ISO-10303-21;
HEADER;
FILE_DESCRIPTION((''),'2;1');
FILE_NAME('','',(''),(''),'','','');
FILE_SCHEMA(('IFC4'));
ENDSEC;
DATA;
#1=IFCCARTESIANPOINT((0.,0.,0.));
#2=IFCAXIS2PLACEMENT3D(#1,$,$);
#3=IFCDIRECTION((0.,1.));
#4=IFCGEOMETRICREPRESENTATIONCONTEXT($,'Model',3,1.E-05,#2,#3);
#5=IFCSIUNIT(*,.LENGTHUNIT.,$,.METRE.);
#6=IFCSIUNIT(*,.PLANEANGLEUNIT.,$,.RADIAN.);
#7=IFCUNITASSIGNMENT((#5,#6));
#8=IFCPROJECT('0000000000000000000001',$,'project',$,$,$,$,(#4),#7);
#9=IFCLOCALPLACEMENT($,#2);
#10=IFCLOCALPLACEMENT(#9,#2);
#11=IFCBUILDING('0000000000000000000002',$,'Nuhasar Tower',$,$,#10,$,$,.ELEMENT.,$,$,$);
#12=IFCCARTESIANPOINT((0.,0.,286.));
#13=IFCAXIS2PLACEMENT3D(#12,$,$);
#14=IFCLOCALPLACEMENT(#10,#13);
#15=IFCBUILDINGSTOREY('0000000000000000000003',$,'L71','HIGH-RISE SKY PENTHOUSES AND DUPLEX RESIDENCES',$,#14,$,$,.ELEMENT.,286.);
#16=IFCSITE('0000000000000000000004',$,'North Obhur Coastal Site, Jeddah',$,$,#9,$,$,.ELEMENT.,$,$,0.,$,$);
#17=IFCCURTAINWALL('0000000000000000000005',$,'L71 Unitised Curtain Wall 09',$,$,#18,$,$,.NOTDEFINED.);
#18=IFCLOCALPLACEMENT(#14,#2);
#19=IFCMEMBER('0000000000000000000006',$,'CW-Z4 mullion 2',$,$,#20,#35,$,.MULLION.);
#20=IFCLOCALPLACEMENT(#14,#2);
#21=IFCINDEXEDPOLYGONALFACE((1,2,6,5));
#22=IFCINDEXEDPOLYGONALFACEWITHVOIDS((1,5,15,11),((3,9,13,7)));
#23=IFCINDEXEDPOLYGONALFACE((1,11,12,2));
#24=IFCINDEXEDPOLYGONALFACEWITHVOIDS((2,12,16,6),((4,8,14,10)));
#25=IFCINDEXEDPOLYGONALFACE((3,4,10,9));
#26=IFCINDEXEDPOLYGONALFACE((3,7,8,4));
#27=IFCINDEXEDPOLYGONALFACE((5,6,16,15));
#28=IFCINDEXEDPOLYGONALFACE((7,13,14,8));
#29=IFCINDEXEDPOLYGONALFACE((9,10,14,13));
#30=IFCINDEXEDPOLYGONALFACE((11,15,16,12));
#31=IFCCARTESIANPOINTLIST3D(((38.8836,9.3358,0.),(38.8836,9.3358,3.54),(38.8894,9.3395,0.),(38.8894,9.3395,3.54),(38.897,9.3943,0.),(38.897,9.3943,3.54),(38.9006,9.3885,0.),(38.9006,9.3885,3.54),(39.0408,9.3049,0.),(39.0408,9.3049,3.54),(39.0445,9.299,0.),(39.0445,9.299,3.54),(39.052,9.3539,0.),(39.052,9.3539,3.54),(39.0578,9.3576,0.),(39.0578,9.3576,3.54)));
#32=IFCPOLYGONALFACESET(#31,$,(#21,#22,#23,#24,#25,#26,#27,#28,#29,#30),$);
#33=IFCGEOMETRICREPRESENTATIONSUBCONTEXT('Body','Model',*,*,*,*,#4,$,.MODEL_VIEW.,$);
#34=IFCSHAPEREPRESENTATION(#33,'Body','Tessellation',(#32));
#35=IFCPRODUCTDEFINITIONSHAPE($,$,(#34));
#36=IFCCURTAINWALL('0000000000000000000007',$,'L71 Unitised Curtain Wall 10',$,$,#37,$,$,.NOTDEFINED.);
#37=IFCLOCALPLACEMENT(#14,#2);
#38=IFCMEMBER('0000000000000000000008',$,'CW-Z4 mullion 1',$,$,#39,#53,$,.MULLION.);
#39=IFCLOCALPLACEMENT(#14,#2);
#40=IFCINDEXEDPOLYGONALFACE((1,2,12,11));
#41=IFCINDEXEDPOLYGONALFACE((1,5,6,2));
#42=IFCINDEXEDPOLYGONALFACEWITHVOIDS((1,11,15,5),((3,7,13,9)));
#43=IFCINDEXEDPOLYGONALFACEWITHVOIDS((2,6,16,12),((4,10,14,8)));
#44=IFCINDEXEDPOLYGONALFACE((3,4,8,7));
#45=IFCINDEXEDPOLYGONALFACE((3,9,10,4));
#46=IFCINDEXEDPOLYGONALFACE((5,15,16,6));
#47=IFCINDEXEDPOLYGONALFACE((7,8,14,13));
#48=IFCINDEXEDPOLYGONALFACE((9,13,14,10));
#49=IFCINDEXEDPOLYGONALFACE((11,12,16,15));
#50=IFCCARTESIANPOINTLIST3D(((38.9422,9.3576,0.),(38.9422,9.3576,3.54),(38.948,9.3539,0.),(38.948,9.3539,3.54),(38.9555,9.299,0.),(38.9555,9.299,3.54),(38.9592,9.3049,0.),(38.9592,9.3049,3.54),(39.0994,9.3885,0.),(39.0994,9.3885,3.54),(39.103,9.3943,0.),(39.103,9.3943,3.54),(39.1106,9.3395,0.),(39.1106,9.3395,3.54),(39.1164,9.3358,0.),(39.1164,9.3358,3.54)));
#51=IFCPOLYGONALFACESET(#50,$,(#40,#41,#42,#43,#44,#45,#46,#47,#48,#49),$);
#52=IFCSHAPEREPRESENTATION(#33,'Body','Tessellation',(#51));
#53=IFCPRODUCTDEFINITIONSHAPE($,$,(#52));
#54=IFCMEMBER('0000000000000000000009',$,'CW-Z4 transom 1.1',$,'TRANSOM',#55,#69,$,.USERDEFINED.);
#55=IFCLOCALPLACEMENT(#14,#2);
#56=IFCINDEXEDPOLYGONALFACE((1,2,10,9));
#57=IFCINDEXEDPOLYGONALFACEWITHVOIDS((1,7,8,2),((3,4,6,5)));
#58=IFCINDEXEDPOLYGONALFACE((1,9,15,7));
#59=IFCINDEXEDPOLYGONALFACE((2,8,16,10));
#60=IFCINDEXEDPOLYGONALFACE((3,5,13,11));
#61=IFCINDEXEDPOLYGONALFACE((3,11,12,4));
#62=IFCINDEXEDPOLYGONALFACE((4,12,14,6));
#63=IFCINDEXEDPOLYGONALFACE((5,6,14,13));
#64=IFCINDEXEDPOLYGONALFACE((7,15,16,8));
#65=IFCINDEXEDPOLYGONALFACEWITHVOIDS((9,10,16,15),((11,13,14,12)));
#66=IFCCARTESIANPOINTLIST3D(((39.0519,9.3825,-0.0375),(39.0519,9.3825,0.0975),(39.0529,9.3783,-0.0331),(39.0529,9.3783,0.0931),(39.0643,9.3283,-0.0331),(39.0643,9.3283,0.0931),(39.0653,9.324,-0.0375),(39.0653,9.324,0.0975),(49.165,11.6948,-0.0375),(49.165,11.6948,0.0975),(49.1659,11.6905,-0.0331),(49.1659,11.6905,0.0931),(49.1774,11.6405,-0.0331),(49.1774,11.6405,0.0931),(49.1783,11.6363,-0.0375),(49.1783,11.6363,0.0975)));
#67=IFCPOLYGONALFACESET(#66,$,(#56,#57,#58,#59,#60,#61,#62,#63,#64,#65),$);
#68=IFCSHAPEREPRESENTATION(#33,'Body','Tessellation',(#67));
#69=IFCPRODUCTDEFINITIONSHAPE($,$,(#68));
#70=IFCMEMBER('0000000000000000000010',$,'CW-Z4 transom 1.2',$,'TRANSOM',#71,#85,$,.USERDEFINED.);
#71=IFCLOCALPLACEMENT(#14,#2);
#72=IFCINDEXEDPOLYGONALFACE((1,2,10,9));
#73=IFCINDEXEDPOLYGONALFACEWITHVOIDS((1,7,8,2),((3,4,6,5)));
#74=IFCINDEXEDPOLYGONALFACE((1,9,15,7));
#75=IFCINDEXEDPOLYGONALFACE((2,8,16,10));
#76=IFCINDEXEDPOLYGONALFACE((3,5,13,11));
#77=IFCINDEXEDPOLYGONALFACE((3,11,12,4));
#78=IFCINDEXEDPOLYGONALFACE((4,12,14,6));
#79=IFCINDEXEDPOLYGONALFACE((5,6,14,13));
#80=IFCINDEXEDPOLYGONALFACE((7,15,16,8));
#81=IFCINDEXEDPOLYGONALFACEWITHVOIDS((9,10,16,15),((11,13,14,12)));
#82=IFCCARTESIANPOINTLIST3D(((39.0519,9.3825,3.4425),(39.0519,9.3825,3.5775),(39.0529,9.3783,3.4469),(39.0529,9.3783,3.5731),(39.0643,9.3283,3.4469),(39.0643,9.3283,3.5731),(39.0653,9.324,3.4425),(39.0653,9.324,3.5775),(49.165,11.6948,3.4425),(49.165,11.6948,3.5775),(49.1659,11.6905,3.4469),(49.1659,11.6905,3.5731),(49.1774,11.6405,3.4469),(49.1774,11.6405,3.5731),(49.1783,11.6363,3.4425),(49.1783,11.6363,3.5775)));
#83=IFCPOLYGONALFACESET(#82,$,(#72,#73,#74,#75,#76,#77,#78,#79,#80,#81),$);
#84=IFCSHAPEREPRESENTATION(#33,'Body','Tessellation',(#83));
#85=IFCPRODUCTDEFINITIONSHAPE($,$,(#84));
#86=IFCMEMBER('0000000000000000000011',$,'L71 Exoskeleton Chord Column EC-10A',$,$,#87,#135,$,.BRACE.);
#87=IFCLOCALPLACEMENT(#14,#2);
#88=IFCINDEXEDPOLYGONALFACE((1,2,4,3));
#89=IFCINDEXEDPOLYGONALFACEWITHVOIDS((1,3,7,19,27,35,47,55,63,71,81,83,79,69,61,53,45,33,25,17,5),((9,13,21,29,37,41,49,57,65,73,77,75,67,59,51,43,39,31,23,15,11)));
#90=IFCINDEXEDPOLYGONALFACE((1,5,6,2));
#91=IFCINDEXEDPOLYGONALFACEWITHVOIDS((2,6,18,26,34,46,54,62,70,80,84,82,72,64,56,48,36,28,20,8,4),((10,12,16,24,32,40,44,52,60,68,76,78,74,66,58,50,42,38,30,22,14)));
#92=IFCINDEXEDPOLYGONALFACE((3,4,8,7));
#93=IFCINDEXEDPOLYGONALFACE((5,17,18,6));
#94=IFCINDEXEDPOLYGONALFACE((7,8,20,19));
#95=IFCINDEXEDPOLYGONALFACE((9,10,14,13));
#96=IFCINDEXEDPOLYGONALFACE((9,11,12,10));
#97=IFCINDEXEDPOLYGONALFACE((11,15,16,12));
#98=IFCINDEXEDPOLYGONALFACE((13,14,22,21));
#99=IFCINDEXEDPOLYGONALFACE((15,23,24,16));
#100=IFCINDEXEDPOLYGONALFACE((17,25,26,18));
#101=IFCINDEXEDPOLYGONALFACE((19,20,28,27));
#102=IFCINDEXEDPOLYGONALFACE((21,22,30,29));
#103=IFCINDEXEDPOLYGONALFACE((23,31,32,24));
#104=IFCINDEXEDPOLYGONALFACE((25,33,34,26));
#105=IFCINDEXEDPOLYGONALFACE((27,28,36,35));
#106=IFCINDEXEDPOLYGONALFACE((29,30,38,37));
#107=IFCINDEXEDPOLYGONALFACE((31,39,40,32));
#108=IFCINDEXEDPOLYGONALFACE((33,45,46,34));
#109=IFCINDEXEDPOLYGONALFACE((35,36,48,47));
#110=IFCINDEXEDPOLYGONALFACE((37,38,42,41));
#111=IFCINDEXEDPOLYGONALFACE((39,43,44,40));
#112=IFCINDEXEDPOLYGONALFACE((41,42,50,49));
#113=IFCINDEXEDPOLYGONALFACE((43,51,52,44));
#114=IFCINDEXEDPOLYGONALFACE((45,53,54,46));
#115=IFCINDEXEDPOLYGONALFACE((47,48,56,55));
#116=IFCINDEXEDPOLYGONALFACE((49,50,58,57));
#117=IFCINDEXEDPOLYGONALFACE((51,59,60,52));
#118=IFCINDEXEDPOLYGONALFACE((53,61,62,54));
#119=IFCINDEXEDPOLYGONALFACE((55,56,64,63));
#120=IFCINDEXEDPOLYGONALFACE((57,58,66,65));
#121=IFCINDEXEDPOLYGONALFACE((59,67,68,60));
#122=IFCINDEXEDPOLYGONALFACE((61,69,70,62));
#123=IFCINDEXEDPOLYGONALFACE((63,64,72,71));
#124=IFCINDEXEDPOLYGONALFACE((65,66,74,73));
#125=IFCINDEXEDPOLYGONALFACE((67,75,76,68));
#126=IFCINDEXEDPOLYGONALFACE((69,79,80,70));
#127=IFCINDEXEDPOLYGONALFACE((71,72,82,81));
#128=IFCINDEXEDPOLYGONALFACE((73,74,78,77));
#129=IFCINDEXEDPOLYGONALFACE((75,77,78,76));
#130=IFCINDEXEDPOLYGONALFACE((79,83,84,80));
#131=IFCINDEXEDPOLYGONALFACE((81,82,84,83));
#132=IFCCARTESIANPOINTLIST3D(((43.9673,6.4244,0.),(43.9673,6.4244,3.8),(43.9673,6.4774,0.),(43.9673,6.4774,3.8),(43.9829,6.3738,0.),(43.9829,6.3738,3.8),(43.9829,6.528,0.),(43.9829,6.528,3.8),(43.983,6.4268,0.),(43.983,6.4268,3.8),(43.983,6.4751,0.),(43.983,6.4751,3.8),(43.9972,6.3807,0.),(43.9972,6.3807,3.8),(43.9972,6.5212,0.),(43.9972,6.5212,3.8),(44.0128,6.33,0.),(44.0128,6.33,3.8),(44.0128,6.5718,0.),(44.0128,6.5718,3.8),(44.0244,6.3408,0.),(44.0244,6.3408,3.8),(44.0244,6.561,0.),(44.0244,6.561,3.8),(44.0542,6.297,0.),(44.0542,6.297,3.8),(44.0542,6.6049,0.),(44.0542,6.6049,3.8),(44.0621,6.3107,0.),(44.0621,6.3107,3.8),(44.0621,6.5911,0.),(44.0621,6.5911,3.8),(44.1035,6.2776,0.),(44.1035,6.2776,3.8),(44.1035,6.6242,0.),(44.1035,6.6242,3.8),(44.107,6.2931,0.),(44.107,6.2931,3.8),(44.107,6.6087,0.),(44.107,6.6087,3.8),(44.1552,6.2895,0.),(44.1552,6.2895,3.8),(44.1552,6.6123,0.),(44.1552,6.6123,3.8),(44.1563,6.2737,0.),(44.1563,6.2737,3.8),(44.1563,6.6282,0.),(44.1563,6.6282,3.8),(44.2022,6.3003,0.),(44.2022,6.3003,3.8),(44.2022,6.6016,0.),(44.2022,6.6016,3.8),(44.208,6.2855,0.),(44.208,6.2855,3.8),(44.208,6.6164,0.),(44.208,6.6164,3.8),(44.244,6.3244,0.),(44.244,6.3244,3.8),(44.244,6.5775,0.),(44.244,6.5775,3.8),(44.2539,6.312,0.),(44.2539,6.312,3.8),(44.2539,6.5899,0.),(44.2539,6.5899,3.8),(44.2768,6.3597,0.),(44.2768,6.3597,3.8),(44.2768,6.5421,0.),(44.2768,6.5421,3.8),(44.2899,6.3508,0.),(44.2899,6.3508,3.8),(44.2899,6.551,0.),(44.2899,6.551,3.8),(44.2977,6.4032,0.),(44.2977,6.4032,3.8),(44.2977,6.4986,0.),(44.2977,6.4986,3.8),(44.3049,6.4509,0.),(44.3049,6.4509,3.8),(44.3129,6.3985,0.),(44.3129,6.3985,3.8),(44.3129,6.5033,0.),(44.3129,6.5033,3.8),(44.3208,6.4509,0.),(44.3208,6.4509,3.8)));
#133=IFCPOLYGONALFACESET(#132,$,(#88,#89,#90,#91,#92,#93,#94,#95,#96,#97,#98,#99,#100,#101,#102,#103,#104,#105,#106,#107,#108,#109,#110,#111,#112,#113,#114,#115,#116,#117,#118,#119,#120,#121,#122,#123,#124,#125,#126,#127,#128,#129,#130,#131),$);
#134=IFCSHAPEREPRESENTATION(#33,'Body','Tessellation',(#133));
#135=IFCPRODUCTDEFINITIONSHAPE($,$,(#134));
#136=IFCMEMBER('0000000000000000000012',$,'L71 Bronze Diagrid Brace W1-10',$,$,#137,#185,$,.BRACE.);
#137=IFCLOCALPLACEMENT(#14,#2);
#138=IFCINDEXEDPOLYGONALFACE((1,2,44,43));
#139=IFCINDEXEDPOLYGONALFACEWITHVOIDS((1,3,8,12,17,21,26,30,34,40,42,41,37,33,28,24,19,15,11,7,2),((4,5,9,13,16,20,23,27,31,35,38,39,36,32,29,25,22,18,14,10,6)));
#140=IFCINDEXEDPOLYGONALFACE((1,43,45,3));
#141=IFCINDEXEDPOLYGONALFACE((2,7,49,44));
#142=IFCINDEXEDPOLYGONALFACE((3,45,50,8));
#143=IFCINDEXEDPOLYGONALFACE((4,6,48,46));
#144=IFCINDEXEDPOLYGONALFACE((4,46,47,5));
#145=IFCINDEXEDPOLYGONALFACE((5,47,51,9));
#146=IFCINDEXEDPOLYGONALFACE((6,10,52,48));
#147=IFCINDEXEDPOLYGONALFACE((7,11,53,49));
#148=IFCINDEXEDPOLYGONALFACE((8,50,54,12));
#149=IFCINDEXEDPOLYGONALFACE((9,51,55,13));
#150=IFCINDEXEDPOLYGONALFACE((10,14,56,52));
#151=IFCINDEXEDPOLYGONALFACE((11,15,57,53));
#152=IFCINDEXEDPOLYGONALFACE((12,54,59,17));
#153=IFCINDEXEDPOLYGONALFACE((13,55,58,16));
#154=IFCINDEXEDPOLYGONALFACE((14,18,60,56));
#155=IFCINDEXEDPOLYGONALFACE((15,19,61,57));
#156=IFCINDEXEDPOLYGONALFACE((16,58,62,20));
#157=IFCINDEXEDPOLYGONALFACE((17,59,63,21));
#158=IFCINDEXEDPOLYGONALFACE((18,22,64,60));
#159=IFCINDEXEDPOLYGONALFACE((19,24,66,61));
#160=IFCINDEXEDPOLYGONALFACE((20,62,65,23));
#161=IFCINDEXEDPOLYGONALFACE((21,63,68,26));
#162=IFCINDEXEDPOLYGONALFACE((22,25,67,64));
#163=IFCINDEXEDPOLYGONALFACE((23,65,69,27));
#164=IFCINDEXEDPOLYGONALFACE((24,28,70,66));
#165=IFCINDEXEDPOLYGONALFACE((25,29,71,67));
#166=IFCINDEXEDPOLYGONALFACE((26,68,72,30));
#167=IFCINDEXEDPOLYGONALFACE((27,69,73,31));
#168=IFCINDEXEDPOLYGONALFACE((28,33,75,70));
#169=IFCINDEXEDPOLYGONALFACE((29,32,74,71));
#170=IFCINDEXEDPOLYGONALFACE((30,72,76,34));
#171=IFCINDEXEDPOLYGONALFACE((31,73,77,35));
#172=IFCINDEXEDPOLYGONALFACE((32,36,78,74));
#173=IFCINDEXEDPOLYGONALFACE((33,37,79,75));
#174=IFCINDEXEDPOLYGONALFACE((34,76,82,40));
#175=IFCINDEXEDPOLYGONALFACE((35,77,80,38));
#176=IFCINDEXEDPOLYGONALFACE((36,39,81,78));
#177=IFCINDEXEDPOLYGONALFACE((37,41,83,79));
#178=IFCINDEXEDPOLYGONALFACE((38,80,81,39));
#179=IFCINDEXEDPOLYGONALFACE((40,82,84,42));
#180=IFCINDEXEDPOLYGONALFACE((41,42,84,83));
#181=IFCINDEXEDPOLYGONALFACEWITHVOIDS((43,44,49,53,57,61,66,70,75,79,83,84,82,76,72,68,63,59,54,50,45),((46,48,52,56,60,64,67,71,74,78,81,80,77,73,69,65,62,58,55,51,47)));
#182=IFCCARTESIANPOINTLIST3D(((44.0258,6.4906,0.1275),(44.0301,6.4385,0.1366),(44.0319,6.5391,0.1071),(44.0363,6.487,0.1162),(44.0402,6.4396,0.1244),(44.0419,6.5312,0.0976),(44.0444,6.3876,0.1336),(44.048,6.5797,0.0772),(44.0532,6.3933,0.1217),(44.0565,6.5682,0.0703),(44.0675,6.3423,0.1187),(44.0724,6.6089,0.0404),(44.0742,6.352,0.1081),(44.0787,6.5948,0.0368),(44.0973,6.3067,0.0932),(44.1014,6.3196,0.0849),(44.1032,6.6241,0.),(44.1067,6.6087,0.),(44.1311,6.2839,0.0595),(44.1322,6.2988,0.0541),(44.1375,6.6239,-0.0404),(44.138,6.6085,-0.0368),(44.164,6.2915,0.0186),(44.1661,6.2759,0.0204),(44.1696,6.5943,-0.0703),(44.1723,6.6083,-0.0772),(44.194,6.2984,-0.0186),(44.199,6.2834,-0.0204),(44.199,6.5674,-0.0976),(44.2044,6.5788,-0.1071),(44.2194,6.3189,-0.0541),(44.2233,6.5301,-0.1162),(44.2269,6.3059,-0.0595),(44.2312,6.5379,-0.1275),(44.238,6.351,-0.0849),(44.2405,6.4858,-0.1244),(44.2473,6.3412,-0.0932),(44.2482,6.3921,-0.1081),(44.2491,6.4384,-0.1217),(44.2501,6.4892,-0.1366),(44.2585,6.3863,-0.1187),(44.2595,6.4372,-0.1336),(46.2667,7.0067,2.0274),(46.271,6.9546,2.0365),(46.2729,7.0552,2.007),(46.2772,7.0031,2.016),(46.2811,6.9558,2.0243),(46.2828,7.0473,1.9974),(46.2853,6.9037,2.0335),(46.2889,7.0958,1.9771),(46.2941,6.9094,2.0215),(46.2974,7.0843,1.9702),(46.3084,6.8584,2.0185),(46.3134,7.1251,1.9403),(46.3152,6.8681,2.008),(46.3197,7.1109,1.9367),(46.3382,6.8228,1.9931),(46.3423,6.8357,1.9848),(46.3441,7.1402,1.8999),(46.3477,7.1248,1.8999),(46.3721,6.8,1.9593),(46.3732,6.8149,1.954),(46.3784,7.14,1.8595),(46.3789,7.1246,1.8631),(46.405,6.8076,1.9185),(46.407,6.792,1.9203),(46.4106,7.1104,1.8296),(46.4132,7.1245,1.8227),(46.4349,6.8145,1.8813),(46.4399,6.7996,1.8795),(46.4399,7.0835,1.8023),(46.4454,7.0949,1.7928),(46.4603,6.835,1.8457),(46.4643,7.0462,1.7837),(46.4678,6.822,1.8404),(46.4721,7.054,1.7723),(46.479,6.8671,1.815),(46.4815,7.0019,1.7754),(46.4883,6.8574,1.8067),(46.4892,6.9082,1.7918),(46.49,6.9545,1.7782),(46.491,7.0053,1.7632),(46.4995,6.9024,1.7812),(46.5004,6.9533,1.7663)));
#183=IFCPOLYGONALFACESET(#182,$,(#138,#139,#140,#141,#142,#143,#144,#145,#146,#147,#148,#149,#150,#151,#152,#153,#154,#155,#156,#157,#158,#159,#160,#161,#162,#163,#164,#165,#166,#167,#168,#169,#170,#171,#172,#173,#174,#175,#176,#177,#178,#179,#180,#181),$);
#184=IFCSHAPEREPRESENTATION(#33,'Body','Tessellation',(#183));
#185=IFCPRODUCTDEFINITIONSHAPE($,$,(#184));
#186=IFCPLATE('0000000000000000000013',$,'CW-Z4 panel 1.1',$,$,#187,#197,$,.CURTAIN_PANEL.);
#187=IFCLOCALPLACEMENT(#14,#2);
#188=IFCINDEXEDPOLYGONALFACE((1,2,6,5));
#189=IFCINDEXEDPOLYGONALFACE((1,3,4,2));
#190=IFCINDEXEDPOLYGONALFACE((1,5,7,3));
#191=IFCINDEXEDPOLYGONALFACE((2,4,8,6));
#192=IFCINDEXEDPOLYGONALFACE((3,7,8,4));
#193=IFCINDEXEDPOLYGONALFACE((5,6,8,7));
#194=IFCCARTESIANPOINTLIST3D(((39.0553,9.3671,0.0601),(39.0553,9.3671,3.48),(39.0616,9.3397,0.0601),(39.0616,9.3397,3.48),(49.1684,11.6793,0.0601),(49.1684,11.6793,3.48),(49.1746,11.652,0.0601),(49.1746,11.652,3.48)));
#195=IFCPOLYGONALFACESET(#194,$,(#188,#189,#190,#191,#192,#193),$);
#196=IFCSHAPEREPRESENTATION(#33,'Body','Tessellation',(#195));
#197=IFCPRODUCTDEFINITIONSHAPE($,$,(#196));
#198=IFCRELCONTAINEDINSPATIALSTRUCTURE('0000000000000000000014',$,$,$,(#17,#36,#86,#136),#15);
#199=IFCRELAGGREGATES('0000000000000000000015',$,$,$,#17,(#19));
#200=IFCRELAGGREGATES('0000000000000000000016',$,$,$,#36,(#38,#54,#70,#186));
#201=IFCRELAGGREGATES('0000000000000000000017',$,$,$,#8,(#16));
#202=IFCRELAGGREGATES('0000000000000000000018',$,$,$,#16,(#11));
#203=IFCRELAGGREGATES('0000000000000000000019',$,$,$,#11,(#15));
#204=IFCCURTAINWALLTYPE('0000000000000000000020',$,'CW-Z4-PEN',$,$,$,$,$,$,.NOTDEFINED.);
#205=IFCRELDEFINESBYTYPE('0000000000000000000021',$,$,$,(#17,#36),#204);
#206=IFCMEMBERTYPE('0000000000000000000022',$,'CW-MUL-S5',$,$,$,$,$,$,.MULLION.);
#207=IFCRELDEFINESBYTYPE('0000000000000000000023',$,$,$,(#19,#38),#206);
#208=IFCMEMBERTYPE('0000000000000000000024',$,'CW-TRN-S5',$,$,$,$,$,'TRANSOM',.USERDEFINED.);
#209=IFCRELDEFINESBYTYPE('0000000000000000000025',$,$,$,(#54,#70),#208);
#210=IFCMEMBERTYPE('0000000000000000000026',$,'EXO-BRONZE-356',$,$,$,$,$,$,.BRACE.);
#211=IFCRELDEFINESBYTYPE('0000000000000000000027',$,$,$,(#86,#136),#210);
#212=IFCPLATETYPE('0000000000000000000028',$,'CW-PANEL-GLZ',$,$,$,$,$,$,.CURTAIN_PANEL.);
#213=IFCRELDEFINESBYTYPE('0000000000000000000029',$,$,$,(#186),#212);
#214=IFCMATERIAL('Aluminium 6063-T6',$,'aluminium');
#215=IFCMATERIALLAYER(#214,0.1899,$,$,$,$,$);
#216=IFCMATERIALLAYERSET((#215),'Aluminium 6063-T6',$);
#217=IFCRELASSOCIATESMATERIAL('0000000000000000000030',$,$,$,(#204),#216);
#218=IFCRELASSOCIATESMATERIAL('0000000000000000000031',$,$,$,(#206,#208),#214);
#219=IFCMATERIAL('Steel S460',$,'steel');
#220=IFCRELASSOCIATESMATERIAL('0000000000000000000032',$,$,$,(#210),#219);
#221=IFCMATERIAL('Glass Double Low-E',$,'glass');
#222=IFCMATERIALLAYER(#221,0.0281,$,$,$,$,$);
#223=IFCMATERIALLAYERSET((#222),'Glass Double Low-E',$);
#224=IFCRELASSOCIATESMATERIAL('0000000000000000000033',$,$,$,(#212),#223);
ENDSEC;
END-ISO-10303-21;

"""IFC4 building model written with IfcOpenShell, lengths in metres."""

from ifc_helpers import new_model, si_unit, direction, frame, origin, origin_2d, place, context, subcontext, project, spatial, rectangle, hollow_rectangle, hollow_circle, extrude, material, layer, layer_set, material_profile, profile_set, type_object, element, aggregate, save


model = new_model("IFC4")

# Units and contexts
model_context = context("Model", 3, precision=1e-05, world=origin(), true_north=direction((0.0, 1.0)))
body_context = subcontext(model_context, "Body", "Model", "MODEL_VIEW")
ifc_project = project(units=[si_unit("LENGTHUNIT", "METRE"), si_unit("PLANEANGLEUNIT", "RADIAN")], contexts=[model_context])

# Site, building, storey
site_placement = place(None, origin())
site = spatial("IfcSite", under=ifc_project, at=site_placement, Name="North Obhur Coastal Site, Jeddah", CompositionType="ELEMENT", RefElevation=0.0)
building_placement = place(site_placement, origin())
building = spatial("IfcBuilding", under=site, at=building_placement, Name="Nuhasar Tower", CompositionType="ELEMENT")
storey_placement = place(building_placement, frame((0.0, 0.0, 286.0)))
storey = spatial("IfcBuildingStorey", under=building, at=storey_placement, Name="L71", Description="HIGH-RISE SKY PENTHOUSES AND DUPLEX RESIDENCES", CompositionType="ELEMENT", Elevation=286.0)

# Curtain wall, member
ifc_material_1 = material(Name="Aluminium 6063-T6", Category="aluminium")
ifc_layer_1 = layer(ifc_material_1, 0.1899)
ifc_layer_set_1 = layer_set([ifc_layer_1], Name="Aluminium 6063-T6")
curtain_wall_type = type_object("IfcCurtainWallType", Name="CW-Z4-PEN", PredefinedType="NOTDEFINED", material=ifc_layer_set_1)
curtain_wall_1_placement = place(storey_placement, origin())
curtain_wall_1 = element("IfcCurtainWall", 1, at=curtain_wall_1_placement, inside=storey, type_object=curtain_wall_type, Name="L71 Unitised Curtain Wall 09", PredefinedType="NOTDEFINED")
ifc_material_profile_1 = material_profile(ifc_material_1, hollow_rectangle(XDim=0.0601, YDim=0.165, WallThickness=0.0049, at=origin_2d()), Name="CWM-5")
ifc_profile_set_1 = profile_set([ifc_material_profile_1], Name="Aluminium 6063-T6")
member_type_1 = type_object("IfcMemberType", Name="CW-MUL-S5", PredefinedType="MULLION", material=ifc_profile_set_1)
member_1_placement = place(storey_placement, frame((38.9707, 9.3467, 0.0), z_axis=(0.0, 0.0, 1.0), x_axis=(0.222889, 0.974844, 0.0)))
member_1 = element("IfcMember", 2, at=member_1_placement, type_object=member_type_1, Name="CW-Z4 mullion 2", PredefinedType="MULLION", context=body_context, shape_type="SweptSolid", body=[
    extrude(hollow_rectangle(XDim=0.0601, YDim=0.165, WallThickness=0.0049, at=origin_2d()), origin(), (0.0, 0.0, 1.0), 3.54),
])
aggregate(curtain_wall_1, [member_1])

# Curtain wall, members
curtain_wall_2_placement = place(storey_placement, origin())
curtain_wall_2 = element("IfcCurtainWall", 3, at=curtain_wall_2_placement, inside=storey, type_object=curtain_wall_type, Name="L71 Unitised Curtain Wall 10", PredefinedType="NOTDEFINED")
member_2_placement = place(storey_placement, frame((39.0293, 9.3467, 0.0), z_axis=(0.0, 0.0, 1.0), x_axis=(-0.222889, 0.974844, 0.0)))
member_2 = element("IfcMember", 4, at=member_2_placement, type_object=member_type_1, Name="CW-Z4 mullion 1", PredefinedType="MULLION", context=body_context, shape_type="SweptSolid", body=[
    extrude(hollow_rectangle(XDim=0.0601, YDim=0.165, WallThickness=0.0049, at=origin_2d()), origin(), (0.0, 0.0, 1.0), 3.54),
])
ifc_material_profile_2 = material_profile(ifc_material_1, hollow_rectangle(XDim=0.0601, YDim=0.135, WallThickness=0.0044, at=origin_2d()), Name="CWT-5")
ifc_profile_set_2 = profile_set([ifc_material_profile_2], Name="Aluminium 6063-T6")
member_type_2 = type_object("IfcMemberType", Name="CW-TRN-S5", ElementType="TRANSOM", PredefinedType="USERDEFINED", material=ifc_profile_set_2)
member_3_placement = place(storey_placement, frame((39.0586, 9.3533, 0.03), z_axis=(0.974844, 0.222889, 0.0), x_axis=(-0.222889, 0.974844, 0.0)))
member_3 = element("IfcMember", 5, at=member_3_placement, type_object=member_type_2, Name="CW-Z4 transom 1.1", ObjectType="TRANSOM", PredefinedType="USERDEFINED", context=body_context, shape_type="SweptSolid", body=[
    extrude(hollow_rectangle(XDim=0.0601, YDim=0.135, WallThickness=0.0044, at=origin_2d()), origin(), (0.0, 0.0, 1.0), 10.374),
])
member_4_placement = place(storey_placement, frame((39.0586, 9.3533, 3.51), z_axis=(0.974844, 0.222889, 0.0), x_axis=(-0.222889, 0.974844, 0.0)))
member_4 = element("IfcMember", 6, at=member_4_placement, type_object=member_type_2, Name="CW-Z4 transom 1.2", ObjectType="TRANSOM", PredefinedType="USERDEFINED", context=body_context, shape_type="SweptSolid", body=[
    extrude(hollow_rectangle(XDim=0.0601, YDim=0.135, WallThickness=0.0044, at=origin_2d()), origin(), (0.0, 0.0, 1.0), 10.374),
])

# Members
ifc_material_2 = material(Name="Steel S460", Category="steel")
ifc_material_profile_3 = material_profile(ifc_material_2, hollow_circle(Radius=0.1777, WallThickness=0.0159, at=origin_2d()), Name="HSS355.6X15.9")
ifc_profile_set_3 = profile_set([ifc_material_profile_3], Name="Steel S460")
member_type_3 = type_object("IfcMemberType", Name="EXO-BRONZE-356", PredefinedType="BRACE", material=ifc_profile_set_3)
member_5_placement = place(storey_placement, frame((44.1431, 6.4509, 0.0), z_axis=(0.0, 0.0, 1.0), x_axis=(1.0, 0.0, 0.0)))
element("IfcMember", 7, at=member_5_placement, inside=storey, type_object=member_type_3, Name="L71 Exoskeleton Chord Column EC-10A", PredefinedType="BRACE", context=body_context, shape_type="SweptSolid", body=[
    extrude(hollow_circle(Radius=0.1777, WallThickness=0.0159, at=origin_2d()), origin(), (0.0, 0.0, 1.0), 3.8),
])
member_6_placement = place(storey_placement, frame((44.1431, 6.4509, 0.0), z_axis=(0.751261, 0.173022, 0.636923), x_axis=(-0.224433, 0.97449, 0.0)))
element("IfcMember", 8, at=member_6_placement, inside=storey, type_object=member_type_3, Name="L71 Bronze Diagrid Brace W1-10", PredefinedType="BRACE", context=body_context, shape_type="SweptSolid", body=[
    extrude(hollow_circle(Radius=0.1777, WallThickness=0.0159, at=origin_2d()), origin(), (0.0, 0.0, 1.0), 2.9829),
])

# Plate
ifc_material_3 = material(Name="Glass Double Low-E", Category="glass")
ifc_layer_2 = layer(ifc_material_3, 0.0281)
ifc_layer_set_2 = layer_set([ifc_layer_2], Name="Glass Double Low-E")
plate_type = type_object("IfcPlateType", Name="CW-PANEL-GLZ", PredefinedType="CURTAIN_PANEL", material=ifc_layer_set_2)
plate_placement = place(storey_placement, frame((44.115, 10.5095, 0.0601), z_axis=(0.0, 0.0, 1.0), x_axis=(0.974844, 0.222889, 0.0)))
plate = element("IfcPlate", 9, at=plate_placement, type_object=plate_type, Name="CW-Z4 panel 1.1", PredefinedType="CURTAIN_PANEL", context=body_context, shape_type="SweptSolid", body=[
    extrude(rectangle(XDim=10.374, YDim=0.0281, at=origin_2d()), origin(), (0.0, 0.0, 1.0), 3.4199),
])
aggregate(curtain_wall_2, [member_2, member_3, member_4, plate])

save(model, "model.ifc")
